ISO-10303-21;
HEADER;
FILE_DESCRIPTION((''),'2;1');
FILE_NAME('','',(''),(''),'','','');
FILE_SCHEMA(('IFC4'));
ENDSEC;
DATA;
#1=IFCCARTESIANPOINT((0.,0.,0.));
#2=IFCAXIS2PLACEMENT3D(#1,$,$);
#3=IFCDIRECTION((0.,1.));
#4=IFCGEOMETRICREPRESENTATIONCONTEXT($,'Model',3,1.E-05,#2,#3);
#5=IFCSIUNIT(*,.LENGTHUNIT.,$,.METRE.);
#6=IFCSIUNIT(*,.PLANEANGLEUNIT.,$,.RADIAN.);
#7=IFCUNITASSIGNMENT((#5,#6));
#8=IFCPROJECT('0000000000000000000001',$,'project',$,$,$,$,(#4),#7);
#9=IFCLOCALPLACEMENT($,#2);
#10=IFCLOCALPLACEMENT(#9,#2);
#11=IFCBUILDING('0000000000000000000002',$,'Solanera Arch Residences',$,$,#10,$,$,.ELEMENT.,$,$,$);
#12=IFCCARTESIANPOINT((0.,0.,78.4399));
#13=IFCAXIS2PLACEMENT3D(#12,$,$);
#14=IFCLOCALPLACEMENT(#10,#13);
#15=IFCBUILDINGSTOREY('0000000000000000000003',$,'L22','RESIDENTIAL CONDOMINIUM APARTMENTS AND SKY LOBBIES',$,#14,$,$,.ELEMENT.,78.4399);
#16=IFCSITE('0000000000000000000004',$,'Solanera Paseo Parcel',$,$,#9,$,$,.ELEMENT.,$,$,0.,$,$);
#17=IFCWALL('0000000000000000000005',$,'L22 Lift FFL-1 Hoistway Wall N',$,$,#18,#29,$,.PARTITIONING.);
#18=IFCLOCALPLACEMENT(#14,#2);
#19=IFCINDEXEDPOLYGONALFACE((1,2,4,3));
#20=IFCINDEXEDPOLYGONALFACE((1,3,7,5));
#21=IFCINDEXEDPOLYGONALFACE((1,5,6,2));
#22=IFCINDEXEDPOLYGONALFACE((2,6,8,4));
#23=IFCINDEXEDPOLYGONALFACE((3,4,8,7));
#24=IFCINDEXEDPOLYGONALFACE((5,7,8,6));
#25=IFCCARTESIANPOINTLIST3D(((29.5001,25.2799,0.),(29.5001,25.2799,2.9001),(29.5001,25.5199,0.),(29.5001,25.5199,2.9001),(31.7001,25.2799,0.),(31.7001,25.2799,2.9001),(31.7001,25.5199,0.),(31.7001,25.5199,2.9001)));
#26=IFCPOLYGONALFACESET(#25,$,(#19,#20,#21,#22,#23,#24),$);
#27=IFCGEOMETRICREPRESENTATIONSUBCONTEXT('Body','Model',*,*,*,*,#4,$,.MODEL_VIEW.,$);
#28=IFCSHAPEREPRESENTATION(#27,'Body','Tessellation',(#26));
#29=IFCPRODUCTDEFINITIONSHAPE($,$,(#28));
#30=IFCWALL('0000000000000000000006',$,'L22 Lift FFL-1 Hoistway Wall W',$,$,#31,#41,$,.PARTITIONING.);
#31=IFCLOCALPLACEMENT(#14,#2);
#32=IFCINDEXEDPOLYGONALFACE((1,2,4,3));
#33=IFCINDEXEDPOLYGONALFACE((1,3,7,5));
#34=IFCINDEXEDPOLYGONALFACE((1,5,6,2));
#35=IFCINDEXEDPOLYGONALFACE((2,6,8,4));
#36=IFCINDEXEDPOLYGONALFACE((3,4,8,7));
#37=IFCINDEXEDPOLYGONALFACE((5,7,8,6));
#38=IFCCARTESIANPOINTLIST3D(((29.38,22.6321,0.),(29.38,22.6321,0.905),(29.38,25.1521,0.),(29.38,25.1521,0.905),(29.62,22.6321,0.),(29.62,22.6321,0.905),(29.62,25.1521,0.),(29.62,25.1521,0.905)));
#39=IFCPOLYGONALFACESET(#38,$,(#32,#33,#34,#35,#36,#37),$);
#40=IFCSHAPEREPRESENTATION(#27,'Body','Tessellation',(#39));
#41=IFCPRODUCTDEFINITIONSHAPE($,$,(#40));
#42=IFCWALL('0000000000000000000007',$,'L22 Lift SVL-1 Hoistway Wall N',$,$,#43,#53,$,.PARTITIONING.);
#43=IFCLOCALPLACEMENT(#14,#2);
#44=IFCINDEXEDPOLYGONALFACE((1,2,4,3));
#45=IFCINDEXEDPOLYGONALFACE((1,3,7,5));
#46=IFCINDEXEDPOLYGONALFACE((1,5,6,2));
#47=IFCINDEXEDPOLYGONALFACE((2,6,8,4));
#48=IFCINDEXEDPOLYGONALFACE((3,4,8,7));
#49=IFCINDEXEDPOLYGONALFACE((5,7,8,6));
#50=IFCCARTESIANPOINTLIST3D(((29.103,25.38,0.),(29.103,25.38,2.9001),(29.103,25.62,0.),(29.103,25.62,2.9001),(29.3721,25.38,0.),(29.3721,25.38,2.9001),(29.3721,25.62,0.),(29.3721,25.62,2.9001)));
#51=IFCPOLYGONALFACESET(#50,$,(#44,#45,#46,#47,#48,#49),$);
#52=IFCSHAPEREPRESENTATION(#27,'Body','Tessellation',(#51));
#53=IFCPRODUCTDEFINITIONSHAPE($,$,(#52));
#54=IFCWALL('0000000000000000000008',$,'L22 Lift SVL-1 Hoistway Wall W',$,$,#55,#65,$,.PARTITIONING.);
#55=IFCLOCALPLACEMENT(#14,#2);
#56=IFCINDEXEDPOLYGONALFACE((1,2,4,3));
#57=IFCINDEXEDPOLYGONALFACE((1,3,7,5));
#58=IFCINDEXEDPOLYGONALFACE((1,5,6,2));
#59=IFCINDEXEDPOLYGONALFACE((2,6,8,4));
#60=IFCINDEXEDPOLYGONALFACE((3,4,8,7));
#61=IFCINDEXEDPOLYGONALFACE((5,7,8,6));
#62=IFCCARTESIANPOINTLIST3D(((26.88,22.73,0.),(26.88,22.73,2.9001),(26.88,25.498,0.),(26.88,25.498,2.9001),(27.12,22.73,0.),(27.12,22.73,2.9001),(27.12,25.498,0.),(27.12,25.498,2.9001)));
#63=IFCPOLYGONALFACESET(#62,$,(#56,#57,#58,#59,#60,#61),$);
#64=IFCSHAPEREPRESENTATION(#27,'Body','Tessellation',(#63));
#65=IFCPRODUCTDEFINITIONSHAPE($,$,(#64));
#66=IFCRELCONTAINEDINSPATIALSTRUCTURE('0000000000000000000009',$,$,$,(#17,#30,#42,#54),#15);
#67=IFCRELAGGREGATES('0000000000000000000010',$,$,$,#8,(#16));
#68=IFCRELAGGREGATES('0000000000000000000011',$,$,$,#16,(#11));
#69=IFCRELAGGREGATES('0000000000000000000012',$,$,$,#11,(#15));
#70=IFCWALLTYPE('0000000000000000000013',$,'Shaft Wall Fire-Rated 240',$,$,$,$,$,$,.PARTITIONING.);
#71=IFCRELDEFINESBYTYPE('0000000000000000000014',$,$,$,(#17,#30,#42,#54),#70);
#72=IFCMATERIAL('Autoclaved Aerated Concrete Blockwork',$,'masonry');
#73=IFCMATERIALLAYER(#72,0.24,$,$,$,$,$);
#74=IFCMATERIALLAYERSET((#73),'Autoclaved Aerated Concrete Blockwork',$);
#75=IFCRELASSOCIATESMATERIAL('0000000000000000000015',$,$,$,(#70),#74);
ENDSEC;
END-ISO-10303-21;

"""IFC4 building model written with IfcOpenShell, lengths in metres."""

from ifc_helpers import new_model, si_unit, direction, frame, frame_2d, origin, place, context, subcontext, project, spatial, rectangle, extrude, material, layer, layer_set, type_object, element, save


model = new_model("IFC4")

# Units and contexts
model_context = context("Model", 3, precision=1e-05, world=origin(), true_north=direction((0.0, 1.0)))
body_context = subcontext(model_context, "Body", "Model", "MODEL_VIEW")
ifc_project = project(units=[si_unit("LENGTHUNIT", "METRE"), si_unit("PLANEANGLEUNIT", "RADIAN")], contexts=[model_context])

# Site, building, storey
site_placement = place(None, origin())
site = spatial("IfcSite", under=ifc_project, at=site_placement, Name="Solanera Paseo Parcel", CompositionType="ELEMENT", RefElevation=0.0)
building_placement = place(site_placement, origin())
building = spatial("IfcBuilding", under=site, at=building_placement, Name="Solanera Arch Residences", CompositionType="ELEMENT")
storey_placement = place(building_placement, frame((0.0, 0.0, 78.4399)))
storey = spatial("IfcBuildingStorey", under=building, at=storey_placement, Name="L22", Description="RESIDENTIAL CONDOMINIUM APARTMENTS AND SKY LOBBIES", CompositionType="ELEMENT", Elevation=78.4399)

# Walls
ifc_material_1 = material(Name="Autoclaved Aerated Concrete Blockwork", Category="masonry")
ifc_layer_1 = layer(ifc_material_1, 0.24)
ifc_layer_set_1 = layer_set([ifc_layer_1], Name="Autoclaved Aerated Concrete Blockwork")
wall_type_1 = type_object("IfcWallType", Name="Shaft Wall Fire-Rated 240", PredefinedType="PARTITIONING", material=ifc_layer_set_1)
wall_1_placement = place(storey_placement, frame((29.5, 25.3999, 0.0), z_axis=(0.0, 0.0, 1.0), x_axis=(1.0, 0.0, 0.0)))
element("IfcWall", 1, at=wall_1_placement, inside=storey, type_object=wall_type_1, Name="L22 Lift FFL-1 Hoistway Wall N", PredefinedType="PARTITIONING", context=body_context, shape_type="SweptSolid", body=[
    extrude(rectangle(XDim=2.2, YDim=0.24, at=frame_2d((1.1001, 0.0))), origin(), (0.0, 0.0, 1.0), 2.9001),
])
wall_2_placement = place(storey_placement, frame((29.5, 22.6321, 0.0), z_axis=(0.0, 0.0, 1.0), x_axis=(0.0, 1.0, 0.0)))
element("IfcWall", 2, at=wall_2_placement, inside=storey, type_object=wall_type_1, Name="L22 Lift FFL-1 Hoistway Wall W", PredefinedType="PARTITIONING", context=body_context, shape_type="SweptSolid", body=[
    extrude(rectangle(XDim=2.52, YDim=0.24, at=frame_2d((1.26, 0.0))), origin(), (0.0, 0.0, 1.0), 0.905),
])
wall_3_placement = place(storey_placement, frame((29.103, 25.5, 0.0), z_axis=(0.0, 0.0, 1.0), x_axis=(1.0, 0.0, 0.0)))
element("IfcWall", 3, at=wall_3_placement, inside=storey, type_object=wall_type_1, Name="L22 Lift SVL-1 Hoistway Wall N", PredefinedType="PARTITIONING", context=body_context, shape_type="SweptSolid", body=[
    extrude(rectangle(XDim=0.269, YDim=0.24, at=frame_2d((0.1345, 0.0))), origin(), (0.0, 0.0, 1.0), 2.9001),
])
wall_4_placement = place(storey_placement, frame((27.0, 22.73, 0.0), z_axis=(0.0, 0.0, 1.0), x_axis=(0.0, 1.0, 0.0)))
element("IfcWall", 4, at=wall_4_placement, inside=storey, type_object=wall_type_1, Name="L22 Lift SVL-1 Hoistway Wall W", PredefinedType="PARTITIONING", context=body_context, shape_type="SweptSolid", body=[
    extrude(rectangle(XDim=2.7681, YDim=0.24, at=frame_2d((1.384, 0.0))), origin(), (0.0, 0.0, 1.0), 2.9001),
])

save(model, "model.ifc")
